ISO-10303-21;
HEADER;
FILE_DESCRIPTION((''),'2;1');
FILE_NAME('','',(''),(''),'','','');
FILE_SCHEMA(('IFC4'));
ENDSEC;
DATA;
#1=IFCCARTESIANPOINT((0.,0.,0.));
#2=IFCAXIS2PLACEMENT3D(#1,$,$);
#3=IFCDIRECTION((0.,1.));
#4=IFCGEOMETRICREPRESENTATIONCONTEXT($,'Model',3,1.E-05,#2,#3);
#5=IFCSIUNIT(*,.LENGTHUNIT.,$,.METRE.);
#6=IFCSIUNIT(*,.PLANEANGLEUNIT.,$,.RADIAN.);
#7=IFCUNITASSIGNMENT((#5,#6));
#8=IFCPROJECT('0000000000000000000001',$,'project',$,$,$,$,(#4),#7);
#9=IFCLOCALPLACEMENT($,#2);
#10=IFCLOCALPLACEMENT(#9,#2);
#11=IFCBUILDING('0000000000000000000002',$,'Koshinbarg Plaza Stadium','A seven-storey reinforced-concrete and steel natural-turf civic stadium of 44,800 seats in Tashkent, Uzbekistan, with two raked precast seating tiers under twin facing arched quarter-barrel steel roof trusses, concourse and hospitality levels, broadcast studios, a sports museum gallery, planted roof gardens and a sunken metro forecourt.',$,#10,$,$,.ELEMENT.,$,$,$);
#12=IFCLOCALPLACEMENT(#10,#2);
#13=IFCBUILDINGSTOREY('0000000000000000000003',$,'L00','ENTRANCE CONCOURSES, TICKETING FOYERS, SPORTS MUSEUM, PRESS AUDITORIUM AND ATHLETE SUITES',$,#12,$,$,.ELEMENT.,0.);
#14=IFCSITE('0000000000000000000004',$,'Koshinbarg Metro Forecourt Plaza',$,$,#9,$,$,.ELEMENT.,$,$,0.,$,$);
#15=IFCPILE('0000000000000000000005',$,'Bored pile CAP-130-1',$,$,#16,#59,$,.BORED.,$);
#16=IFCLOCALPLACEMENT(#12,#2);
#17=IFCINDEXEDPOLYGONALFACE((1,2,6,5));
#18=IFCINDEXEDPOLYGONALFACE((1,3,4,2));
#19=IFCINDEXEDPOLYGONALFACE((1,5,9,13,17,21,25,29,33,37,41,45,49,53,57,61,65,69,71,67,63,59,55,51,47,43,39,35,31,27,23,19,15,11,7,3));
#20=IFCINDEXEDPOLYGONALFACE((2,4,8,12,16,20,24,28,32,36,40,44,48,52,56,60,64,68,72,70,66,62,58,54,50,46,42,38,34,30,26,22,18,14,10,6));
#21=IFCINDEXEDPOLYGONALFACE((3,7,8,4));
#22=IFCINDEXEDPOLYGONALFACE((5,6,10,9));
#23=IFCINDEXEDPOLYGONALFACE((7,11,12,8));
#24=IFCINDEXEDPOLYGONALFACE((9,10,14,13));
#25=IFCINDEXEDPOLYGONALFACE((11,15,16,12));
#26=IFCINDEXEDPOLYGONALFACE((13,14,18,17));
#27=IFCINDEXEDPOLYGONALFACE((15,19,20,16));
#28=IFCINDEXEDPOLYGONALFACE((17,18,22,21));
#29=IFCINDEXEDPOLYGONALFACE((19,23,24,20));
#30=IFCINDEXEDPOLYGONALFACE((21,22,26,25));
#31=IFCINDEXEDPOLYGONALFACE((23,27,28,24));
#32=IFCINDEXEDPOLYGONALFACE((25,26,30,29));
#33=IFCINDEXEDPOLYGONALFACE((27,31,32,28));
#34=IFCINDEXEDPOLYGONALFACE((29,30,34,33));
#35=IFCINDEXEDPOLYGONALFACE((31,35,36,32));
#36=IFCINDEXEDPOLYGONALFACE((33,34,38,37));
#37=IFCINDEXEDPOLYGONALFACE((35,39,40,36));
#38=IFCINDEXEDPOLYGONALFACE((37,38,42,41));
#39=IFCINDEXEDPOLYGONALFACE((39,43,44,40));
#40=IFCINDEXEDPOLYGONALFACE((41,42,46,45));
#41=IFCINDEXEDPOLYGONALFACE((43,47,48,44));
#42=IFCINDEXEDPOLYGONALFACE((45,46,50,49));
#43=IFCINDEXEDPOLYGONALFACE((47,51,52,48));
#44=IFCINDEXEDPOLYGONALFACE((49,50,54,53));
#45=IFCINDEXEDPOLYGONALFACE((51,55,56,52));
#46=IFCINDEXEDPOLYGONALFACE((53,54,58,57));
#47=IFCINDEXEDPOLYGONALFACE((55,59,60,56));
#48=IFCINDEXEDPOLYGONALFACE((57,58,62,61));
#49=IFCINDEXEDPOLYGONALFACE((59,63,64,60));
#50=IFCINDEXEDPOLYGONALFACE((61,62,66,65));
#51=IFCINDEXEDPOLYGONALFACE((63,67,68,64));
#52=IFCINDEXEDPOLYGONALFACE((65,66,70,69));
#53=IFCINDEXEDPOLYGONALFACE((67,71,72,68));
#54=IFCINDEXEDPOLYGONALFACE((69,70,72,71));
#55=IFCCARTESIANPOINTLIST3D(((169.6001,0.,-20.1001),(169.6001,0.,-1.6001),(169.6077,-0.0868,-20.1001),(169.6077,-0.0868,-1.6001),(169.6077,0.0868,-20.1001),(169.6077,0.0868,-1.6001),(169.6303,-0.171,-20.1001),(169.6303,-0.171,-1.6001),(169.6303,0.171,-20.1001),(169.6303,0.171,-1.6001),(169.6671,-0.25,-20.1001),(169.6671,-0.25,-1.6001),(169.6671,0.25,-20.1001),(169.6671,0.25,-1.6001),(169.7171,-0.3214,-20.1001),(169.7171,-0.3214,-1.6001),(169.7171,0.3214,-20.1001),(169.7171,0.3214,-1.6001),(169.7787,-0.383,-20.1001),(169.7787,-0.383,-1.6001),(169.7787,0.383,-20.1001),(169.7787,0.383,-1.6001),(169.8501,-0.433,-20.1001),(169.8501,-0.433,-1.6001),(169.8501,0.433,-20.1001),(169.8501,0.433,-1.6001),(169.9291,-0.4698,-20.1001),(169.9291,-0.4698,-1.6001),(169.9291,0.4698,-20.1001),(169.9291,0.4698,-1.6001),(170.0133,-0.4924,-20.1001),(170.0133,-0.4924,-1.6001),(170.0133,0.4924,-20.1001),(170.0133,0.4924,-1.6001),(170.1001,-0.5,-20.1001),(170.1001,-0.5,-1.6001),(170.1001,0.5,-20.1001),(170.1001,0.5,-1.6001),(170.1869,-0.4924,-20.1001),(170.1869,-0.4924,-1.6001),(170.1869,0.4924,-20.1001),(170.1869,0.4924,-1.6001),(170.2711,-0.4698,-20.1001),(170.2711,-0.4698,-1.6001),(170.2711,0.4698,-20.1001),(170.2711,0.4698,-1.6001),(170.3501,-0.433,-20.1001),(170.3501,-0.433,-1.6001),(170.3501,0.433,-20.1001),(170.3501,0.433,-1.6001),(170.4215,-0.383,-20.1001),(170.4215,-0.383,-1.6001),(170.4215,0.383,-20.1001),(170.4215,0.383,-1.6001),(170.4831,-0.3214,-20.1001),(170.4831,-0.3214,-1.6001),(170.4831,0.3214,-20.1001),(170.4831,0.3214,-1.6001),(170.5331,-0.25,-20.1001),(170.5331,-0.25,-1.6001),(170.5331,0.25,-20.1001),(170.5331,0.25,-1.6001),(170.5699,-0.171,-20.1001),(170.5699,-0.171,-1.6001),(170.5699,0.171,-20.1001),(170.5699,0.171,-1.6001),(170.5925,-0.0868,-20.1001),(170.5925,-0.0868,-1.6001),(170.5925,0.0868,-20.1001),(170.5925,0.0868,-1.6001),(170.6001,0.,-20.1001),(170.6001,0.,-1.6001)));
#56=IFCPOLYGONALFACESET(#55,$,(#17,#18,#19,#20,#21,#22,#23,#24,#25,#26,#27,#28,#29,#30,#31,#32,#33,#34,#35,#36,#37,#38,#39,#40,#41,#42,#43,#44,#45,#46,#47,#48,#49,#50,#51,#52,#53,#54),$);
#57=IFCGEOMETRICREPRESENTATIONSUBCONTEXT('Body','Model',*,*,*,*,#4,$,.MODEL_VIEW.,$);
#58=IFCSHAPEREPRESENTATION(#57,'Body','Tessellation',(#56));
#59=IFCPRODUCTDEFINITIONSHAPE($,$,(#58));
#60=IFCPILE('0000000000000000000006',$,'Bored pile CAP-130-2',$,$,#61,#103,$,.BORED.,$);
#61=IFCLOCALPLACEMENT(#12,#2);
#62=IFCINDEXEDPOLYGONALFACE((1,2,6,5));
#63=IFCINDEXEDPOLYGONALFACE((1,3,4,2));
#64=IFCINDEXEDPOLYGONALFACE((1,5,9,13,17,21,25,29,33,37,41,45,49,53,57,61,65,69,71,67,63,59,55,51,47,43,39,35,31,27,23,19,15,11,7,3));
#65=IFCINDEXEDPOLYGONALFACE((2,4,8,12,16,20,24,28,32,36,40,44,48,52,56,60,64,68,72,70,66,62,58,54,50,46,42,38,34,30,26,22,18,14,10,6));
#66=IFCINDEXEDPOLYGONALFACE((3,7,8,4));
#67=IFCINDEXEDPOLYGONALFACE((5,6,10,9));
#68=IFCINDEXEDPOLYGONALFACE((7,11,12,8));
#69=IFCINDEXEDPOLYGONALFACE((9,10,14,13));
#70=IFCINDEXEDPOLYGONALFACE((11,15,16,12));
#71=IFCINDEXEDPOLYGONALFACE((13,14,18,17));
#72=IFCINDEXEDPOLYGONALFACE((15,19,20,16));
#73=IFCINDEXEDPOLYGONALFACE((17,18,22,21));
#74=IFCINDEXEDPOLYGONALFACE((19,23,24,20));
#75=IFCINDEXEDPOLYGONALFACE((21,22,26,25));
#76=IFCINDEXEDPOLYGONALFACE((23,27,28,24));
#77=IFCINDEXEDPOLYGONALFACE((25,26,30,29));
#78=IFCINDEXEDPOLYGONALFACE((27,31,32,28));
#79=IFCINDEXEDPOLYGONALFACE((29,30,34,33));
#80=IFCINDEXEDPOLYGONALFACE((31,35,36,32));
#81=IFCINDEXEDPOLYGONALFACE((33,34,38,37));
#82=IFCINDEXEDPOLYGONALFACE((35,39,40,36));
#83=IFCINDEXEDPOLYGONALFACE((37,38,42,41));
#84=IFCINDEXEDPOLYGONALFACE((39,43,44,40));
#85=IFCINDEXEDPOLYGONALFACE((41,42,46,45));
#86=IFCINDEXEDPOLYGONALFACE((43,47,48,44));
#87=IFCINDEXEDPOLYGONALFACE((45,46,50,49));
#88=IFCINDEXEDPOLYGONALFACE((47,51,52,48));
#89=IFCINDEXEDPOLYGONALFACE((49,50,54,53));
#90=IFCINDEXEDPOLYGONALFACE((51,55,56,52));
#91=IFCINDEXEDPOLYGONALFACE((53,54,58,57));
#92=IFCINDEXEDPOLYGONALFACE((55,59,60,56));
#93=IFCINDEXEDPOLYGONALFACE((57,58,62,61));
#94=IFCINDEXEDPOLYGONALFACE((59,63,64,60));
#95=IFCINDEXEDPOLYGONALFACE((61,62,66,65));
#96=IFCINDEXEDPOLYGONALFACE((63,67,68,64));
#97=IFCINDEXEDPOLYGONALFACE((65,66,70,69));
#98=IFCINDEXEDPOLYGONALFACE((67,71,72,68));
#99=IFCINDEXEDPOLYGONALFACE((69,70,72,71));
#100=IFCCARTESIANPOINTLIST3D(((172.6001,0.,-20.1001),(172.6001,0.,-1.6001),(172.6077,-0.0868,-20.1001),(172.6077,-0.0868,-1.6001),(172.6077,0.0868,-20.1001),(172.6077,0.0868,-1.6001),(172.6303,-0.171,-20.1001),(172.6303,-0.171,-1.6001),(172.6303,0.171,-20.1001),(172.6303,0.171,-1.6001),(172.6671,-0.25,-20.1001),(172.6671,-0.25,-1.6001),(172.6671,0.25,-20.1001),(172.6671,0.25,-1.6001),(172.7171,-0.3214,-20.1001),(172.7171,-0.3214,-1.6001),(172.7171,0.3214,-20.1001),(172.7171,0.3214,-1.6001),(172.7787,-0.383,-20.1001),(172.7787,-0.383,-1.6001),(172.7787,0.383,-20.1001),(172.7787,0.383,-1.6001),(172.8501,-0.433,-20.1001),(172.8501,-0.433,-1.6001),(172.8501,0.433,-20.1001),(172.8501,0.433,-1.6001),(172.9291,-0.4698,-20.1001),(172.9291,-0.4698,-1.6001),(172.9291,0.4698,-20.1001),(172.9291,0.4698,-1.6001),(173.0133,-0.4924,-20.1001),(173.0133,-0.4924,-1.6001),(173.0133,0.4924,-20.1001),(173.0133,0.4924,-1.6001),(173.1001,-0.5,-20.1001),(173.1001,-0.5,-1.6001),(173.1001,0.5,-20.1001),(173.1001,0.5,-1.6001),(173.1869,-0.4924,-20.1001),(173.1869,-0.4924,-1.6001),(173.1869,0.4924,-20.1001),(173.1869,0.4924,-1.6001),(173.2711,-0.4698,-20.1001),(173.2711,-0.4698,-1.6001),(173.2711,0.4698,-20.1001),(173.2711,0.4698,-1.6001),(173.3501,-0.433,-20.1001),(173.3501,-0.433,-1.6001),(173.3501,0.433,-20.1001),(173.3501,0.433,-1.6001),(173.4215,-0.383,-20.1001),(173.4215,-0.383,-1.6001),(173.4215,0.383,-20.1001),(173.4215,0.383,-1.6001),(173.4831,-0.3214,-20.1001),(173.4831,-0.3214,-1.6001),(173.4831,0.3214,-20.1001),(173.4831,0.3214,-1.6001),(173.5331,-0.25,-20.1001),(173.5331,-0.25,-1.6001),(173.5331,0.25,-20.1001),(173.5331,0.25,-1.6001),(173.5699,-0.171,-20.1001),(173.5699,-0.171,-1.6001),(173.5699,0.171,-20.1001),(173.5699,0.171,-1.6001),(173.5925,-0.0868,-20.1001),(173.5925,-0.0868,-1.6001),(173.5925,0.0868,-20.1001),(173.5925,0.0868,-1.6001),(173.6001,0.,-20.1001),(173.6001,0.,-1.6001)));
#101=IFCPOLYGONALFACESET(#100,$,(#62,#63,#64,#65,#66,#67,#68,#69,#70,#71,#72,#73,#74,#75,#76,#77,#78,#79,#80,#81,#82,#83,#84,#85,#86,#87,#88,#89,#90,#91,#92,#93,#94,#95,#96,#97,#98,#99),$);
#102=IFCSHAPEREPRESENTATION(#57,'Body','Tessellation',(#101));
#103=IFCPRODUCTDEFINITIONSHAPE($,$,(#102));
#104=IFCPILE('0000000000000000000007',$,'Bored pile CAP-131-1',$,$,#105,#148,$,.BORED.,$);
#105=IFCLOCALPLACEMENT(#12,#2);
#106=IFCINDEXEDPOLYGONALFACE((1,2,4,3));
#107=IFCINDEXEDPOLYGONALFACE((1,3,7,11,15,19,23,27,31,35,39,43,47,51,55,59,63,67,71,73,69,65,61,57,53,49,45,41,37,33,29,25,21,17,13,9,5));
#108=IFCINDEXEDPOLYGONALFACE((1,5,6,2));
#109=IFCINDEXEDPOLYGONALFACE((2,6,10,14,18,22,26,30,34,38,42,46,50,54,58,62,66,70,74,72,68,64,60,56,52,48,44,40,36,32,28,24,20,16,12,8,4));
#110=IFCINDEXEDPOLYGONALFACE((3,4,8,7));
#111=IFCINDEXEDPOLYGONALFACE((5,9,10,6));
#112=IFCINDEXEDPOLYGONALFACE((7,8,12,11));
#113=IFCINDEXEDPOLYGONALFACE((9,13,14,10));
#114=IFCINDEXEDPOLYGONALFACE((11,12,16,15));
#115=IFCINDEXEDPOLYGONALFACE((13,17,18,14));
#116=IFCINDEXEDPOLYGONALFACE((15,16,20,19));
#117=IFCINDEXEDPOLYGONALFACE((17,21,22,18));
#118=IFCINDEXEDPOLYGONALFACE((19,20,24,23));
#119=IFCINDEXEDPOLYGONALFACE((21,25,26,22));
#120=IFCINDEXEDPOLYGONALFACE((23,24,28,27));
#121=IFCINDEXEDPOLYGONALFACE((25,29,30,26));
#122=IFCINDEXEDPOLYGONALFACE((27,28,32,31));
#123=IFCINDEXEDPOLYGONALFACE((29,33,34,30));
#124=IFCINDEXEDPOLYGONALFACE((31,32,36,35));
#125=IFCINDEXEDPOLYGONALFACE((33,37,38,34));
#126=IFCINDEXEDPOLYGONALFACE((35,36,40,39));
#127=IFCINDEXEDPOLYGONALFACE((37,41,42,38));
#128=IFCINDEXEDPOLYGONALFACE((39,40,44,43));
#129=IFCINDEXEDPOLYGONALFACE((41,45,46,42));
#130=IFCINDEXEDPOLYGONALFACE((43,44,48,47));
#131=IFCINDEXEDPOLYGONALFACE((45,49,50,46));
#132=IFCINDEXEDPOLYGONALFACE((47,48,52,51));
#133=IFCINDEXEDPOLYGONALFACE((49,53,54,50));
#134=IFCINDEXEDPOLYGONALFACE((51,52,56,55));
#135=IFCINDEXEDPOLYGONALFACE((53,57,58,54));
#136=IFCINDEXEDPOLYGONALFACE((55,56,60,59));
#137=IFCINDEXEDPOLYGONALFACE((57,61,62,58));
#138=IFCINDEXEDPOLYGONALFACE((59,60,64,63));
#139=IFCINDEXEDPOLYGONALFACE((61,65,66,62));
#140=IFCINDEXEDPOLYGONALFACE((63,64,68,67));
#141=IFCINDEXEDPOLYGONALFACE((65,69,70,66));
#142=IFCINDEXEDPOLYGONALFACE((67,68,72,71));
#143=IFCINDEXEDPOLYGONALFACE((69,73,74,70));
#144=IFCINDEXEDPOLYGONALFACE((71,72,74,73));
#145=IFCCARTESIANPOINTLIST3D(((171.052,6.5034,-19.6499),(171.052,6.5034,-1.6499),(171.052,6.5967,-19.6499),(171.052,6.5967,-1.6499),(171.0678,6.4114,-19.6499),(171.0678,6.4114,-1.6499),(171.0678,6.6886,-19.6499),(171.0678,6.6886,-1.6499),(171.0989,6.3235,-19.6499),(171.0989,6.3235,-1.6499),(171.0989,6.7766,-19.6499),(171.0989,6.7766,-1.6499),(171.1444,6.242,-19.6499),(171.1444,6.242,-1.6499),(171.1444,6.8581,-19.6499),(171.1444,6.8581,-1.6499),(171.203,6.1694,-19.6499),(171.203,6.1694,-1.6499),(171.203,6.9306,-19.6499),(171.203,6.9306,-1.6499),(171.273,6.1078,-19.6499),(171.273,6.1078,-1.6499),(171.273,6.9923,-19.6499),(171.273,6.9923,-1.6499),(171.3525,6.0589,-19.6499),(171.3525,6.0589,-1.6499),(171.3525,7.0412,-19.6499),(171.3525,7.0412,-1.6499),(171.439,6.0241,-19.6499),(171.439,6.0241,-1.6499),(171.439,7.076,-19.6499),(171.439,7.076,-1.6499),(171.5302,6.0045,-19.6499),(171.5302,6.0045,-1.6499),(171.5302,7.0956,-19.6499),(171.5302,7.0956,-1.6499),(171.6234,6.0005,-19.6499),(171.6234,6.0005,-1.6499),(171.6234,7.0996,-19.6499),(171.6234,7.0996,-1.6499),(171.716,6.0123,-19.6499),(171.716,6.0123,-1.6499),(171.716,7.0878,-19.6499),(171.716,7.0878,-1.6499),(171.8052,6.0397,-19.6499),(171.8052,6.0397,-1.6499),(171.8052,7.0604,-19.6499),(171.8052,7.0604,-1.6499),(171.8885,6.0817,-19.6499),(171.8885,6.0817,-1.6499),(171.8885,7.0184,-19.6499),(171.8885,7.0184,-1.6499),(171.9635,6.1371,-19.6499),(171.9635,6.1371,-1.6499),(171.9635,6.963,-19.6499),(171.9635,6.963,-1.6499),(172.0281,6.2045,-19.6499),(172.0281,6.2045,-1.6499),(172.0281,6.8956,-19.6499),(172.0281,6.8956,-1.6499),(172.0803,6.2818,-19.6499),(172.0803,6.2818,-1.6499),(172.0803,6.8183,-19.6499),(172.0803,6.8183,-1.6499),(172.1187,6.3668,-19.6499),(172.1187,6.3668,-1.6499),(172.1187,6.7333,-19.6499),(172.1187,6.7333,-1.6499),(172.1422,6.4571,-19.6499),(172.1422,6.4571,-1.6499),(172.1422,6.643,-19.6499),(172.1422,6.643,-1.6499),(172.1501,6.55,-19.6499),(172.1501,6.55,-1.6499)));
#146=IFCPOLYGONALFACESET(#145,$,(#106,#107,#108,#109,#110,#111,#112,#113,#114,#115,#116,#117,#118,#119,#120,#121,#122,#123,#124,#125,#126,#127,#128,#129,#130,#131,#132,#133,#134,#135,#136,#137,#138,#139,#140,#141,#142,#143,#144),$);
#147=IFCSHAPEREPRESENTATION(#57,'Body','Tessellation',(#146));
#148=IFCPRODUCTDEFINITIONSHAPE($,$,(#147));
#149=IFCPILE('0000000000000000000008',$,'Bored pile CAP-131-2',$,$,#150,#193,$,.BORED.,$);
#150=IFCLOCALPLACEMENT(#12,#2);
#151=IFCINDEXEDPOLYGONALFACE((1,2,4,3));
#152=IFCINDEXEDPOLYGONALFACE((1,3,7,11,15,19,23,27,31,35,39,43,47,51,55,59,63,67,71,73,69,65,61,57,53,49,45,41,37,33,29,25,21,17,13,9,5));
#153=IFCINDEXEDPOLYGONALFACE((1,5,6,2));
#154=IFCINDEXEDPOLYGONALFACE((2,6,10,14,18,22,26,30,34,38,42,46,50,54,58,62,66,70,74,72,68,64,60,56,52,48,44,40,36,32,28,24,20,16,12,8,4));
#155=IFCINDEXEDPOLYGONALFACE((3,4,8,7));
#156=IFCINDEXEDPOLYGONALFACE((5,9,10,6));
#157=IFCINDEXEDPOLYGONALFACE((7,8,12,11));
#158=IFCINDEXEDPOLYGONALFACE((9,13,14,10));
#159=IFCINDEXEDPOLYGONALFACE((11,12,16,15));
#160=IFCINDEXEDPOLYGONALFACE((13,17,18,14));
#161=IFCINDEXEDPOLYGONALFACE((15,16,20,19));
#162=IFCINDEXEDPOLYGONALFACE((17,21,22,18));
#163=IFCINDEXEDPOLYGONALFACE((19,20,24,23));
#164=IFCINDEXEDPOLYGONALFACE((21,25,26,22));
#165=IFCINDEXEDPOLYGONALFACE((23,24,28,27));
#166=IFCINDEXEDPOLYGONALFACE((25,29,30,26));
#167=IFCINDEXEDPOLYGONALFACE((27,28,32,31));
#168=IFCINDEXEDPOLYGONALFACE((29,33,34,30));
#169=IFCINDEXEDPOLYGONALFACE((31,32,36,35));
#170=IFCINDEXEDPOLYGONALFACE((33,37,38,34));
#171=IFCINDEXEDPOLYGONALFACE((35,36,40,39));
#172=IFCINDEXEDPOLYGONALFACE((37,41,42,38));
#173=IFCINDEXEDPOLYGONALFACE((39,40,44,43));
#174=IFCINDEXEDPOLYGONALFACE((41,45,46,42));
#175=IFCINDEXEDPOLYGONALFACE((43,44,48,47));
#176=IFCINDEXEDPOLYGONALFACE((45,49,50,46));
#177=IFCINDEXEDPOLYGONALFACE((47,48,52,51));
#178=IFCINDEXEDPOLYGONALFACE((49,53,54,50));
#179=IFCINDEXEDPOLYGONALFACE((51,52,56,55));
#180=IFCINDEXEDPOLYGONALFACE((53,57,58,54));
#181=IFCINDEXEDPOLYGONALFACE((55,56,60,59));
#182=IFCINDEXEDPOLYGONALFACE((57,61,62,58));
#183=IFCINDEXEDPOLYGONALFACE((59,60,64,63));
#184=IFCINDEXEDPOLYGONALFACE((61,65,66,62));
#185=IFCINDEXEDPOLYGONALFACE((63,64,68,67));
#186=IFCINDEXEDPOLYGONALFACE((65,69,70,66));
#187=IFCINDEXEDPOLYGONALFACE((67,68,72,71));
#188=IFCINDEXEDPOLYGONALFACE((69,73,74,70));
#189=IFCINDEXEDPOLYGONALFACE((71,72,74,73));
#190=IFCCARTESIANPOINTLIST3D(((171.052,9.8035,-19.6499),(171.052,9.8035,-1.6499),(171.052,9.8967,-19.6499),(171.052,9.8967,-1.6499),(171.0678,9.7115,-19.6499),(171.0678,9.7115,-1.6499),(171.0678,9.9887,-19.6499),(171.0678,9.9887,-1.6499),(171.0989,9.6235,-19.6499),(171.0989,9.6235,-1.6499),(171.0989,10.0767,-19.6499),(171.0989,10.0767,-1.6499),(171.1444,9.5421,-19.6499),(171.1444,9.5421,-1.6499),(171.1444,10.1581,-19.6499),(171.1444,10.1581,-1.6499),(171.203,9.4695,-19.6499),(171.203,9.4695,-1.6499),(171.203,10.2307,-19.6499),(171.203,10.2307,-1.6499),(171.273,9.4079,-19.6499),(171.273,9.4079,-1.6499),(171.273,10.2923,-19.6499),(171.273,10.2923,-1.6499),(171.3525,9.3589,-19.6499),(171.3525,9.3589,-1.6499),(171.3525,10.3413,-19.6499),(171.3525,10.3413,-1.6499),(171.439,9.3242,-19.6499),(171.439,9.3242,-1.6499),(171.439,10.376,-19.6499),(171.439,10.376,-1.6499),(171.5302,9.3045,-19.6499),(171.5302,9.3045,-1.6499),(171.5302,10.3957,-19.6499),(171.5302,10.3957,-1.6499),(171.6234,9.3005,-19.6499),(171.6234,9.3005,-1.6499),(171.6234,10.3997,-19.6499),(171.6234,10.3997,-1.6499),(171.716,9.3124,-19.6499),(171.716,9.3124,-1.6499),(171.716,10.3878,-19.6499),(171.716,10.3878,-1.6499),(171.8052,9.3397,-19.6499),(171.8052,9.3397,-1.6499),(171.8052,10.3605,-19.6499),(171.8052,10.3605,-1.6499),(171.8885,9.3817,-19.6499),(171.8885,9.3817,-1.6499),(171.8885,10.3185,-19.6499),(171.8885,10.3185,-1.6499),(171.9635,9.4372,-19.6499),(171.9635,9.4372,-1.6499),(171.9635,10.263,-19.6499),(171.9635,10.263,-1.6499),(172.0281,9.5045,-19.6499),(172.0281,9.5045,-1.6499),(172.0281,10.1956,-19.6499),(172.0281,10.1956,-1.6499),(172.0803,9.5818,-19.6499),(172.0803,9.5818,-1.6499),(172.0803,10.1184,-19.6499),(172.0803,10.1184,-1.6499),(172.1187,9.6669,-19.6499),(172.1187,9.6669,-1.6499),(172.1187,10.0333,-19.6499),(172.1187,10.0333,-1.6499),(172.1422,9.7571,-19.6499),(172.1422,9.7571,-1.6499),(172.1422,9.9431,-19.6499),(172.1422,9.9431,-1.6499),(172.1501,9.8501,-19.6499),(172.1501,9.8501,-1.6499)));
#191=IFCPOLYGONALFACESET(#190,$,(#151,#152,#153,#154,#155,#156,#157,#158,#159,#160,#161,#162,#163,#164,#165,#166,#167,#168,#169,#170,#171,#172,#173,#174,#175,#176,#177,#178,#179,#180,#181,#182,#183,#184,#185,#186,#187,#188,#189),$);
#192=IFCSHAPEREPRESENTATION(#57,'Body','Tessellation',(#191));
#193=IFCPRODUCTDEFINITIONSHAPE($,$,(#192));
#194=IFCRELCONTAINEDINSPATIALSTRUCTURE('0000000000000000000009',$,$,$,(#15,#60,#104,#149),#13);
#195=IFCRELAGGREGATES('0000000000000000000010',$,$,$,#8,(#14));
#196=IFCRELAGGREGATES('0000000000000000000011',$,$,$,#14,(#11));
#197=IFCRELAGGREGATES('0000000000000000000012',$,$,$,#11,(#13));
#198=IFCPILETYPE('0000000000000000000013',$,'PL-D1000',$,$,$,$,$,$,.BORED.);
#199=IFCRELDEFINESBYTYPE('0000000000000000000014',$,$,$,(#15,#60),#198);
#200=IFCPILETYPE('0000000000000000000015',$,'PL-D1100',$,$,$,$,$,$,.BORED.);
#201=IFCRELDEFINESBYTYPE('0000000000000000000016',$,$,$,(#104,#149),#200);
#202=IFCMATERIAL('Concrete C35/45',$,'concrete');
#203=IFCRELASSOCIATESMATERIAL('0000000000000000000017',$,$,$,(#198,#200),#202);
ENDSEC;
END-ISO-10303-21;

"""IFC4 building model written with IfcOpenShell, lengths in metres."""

from ifc_helpers import new_model, si_unit, direction, frame, origin, origin_2d, place, context, subcontext, project, spatial, circle, extrude, material, material_profile, profile_set, type_object, element, save


model = new_model("IFC4")

# Units and contexts
model_context = context("Model", 3, precision=1e-05, world=origin(), true_north=direction((0.0, 1.0)))
body_context = subcontext(model_context, "Body", "Model", "MODEL_VIEW")
ifc_project = project(units=[si_unit("LENGTHUNIT", "METRE"), si_unit("PLANEANGLEUNIT", "RADIAN")], contexts=[model_context])

# Site, building, storey
site_placement = place(None, origin())
site = spatial("IfcSite", under=ifc_project, at=site_placement, Name="Koshinbarg Metro Forecourt Plaza", CompositionType="ELEMENT", RefElevation=0.0)
building_placement = place(site_placement, origin())
building = spatial("IfcBuilding", under=site, at=building_placement, Name="Koshinbarg Plaza Stadium", Description="A seven-storey reinforced-concrete and steel natural-turf civic stadium of 44,800 seats in Tashkent, Uzbekistan, with two raked precast seating tiers under twin facing arched quarter-barrel steel roof trusses, concourse and hospitality levels, broadcast studios, a sports museum gallery, planted roof gardens and a sunken metro forecourt.", CompositionType="ELEMENT")
storey_placement = place(building_placement, origin())
storey = spatial("IfcBuildingStorey", under=building, at=storey_placement, Name="L00", Description="ENTRANCE CONCOURSES, TICKETING FOYERS, SPORTS MUSEUM, PRESS AUDITORIUM AND ATHLETE SUITES", CompositionType="ELEMENT", Elevation=0.0)

# Shared definitions
ifc_material_1 = material(Name="Concrete C35/45", Category="concrete")

# Piles
ifc_material_profile_1 = material_profile(ifc_material_1, circle(Radius=0.5, at=origin_2d()), Name="PILE D1000")
ifc_profile_set_1 = profile_set([ifc_material_profile_1], Name="Concrete C35/45")
pile_type_1 = type_object("IfcPileType", Name="PL-D1000", PredefinedType="BORED", material=ifc_profile_set_1)
for number, where, z_axis, x_axis, name in (
    (1, (170.1001, 0.0, -1.6001), (0.0, 0.0, -1.0), (1.0, 0.0, 0.0), "Bored pile CAP-130-1"),
    (2, (173.1001, 0.0, -1.6001), (0.0, 0.0, -1.0), (1.0, 0.0, 0.0), "Bored pile CAP-130-2"),
):
    element("IfcPile", number, at=place(storey_placement, frame(where, z_axis=z_axis, x_axis=x_axis)), inside=storey, type_object=pile_type_1, Name=name, PredefinedType="BORED", context=body_context, shape_type="SweptSolid", body=[
        extrude(circle(Radius=0.5, at=origin_2d()), origin(), (0.0, 0.0, 1.0), 18.5),
    ])
ifc_material_profile_2 = material_profile(ifc_material_1, circle(Radius=0.55, at=origin_2d()), Name="PILE D1100")
ifc_profile_set_2 = profile_set([ifc_material_profile_2], Name="Concrete C35/45")
pile_type_2 = type_object("IfcPileType", Name="PL-D1100", PredefinedType="BORED", material=ifc_profile_set_2)
for number, where, z_axis, x_axis, name in (
    (3, (171.6001, 6.55, -1.6499), (0.0, 0.0, -1.0), (1.0, 0.0, 0.0), "Bored pile CAP-131-1"),
    (4, (171.6001, 9.8501, -1.6499), (0.0, 0.0, -1.0), (1.0, 0.0, 0.0), "Bored pile CAP-131-2"),
):
    element("IfcPile", number, at=place(storey_placement, frame(where, z_axis=z_axis, x_axis=x_axis)), inside=storey, type_object=pile_type_2, Name=name, PredefinedType="BORED", context=body_context, shape_type="SweptSolid", body=[
        extrude(circle(Radius=0.55, at=origin_2d()), origin(), (0.0, 0.0, 1.0), 18.0),
    ])

save(model, "model.ifc")
